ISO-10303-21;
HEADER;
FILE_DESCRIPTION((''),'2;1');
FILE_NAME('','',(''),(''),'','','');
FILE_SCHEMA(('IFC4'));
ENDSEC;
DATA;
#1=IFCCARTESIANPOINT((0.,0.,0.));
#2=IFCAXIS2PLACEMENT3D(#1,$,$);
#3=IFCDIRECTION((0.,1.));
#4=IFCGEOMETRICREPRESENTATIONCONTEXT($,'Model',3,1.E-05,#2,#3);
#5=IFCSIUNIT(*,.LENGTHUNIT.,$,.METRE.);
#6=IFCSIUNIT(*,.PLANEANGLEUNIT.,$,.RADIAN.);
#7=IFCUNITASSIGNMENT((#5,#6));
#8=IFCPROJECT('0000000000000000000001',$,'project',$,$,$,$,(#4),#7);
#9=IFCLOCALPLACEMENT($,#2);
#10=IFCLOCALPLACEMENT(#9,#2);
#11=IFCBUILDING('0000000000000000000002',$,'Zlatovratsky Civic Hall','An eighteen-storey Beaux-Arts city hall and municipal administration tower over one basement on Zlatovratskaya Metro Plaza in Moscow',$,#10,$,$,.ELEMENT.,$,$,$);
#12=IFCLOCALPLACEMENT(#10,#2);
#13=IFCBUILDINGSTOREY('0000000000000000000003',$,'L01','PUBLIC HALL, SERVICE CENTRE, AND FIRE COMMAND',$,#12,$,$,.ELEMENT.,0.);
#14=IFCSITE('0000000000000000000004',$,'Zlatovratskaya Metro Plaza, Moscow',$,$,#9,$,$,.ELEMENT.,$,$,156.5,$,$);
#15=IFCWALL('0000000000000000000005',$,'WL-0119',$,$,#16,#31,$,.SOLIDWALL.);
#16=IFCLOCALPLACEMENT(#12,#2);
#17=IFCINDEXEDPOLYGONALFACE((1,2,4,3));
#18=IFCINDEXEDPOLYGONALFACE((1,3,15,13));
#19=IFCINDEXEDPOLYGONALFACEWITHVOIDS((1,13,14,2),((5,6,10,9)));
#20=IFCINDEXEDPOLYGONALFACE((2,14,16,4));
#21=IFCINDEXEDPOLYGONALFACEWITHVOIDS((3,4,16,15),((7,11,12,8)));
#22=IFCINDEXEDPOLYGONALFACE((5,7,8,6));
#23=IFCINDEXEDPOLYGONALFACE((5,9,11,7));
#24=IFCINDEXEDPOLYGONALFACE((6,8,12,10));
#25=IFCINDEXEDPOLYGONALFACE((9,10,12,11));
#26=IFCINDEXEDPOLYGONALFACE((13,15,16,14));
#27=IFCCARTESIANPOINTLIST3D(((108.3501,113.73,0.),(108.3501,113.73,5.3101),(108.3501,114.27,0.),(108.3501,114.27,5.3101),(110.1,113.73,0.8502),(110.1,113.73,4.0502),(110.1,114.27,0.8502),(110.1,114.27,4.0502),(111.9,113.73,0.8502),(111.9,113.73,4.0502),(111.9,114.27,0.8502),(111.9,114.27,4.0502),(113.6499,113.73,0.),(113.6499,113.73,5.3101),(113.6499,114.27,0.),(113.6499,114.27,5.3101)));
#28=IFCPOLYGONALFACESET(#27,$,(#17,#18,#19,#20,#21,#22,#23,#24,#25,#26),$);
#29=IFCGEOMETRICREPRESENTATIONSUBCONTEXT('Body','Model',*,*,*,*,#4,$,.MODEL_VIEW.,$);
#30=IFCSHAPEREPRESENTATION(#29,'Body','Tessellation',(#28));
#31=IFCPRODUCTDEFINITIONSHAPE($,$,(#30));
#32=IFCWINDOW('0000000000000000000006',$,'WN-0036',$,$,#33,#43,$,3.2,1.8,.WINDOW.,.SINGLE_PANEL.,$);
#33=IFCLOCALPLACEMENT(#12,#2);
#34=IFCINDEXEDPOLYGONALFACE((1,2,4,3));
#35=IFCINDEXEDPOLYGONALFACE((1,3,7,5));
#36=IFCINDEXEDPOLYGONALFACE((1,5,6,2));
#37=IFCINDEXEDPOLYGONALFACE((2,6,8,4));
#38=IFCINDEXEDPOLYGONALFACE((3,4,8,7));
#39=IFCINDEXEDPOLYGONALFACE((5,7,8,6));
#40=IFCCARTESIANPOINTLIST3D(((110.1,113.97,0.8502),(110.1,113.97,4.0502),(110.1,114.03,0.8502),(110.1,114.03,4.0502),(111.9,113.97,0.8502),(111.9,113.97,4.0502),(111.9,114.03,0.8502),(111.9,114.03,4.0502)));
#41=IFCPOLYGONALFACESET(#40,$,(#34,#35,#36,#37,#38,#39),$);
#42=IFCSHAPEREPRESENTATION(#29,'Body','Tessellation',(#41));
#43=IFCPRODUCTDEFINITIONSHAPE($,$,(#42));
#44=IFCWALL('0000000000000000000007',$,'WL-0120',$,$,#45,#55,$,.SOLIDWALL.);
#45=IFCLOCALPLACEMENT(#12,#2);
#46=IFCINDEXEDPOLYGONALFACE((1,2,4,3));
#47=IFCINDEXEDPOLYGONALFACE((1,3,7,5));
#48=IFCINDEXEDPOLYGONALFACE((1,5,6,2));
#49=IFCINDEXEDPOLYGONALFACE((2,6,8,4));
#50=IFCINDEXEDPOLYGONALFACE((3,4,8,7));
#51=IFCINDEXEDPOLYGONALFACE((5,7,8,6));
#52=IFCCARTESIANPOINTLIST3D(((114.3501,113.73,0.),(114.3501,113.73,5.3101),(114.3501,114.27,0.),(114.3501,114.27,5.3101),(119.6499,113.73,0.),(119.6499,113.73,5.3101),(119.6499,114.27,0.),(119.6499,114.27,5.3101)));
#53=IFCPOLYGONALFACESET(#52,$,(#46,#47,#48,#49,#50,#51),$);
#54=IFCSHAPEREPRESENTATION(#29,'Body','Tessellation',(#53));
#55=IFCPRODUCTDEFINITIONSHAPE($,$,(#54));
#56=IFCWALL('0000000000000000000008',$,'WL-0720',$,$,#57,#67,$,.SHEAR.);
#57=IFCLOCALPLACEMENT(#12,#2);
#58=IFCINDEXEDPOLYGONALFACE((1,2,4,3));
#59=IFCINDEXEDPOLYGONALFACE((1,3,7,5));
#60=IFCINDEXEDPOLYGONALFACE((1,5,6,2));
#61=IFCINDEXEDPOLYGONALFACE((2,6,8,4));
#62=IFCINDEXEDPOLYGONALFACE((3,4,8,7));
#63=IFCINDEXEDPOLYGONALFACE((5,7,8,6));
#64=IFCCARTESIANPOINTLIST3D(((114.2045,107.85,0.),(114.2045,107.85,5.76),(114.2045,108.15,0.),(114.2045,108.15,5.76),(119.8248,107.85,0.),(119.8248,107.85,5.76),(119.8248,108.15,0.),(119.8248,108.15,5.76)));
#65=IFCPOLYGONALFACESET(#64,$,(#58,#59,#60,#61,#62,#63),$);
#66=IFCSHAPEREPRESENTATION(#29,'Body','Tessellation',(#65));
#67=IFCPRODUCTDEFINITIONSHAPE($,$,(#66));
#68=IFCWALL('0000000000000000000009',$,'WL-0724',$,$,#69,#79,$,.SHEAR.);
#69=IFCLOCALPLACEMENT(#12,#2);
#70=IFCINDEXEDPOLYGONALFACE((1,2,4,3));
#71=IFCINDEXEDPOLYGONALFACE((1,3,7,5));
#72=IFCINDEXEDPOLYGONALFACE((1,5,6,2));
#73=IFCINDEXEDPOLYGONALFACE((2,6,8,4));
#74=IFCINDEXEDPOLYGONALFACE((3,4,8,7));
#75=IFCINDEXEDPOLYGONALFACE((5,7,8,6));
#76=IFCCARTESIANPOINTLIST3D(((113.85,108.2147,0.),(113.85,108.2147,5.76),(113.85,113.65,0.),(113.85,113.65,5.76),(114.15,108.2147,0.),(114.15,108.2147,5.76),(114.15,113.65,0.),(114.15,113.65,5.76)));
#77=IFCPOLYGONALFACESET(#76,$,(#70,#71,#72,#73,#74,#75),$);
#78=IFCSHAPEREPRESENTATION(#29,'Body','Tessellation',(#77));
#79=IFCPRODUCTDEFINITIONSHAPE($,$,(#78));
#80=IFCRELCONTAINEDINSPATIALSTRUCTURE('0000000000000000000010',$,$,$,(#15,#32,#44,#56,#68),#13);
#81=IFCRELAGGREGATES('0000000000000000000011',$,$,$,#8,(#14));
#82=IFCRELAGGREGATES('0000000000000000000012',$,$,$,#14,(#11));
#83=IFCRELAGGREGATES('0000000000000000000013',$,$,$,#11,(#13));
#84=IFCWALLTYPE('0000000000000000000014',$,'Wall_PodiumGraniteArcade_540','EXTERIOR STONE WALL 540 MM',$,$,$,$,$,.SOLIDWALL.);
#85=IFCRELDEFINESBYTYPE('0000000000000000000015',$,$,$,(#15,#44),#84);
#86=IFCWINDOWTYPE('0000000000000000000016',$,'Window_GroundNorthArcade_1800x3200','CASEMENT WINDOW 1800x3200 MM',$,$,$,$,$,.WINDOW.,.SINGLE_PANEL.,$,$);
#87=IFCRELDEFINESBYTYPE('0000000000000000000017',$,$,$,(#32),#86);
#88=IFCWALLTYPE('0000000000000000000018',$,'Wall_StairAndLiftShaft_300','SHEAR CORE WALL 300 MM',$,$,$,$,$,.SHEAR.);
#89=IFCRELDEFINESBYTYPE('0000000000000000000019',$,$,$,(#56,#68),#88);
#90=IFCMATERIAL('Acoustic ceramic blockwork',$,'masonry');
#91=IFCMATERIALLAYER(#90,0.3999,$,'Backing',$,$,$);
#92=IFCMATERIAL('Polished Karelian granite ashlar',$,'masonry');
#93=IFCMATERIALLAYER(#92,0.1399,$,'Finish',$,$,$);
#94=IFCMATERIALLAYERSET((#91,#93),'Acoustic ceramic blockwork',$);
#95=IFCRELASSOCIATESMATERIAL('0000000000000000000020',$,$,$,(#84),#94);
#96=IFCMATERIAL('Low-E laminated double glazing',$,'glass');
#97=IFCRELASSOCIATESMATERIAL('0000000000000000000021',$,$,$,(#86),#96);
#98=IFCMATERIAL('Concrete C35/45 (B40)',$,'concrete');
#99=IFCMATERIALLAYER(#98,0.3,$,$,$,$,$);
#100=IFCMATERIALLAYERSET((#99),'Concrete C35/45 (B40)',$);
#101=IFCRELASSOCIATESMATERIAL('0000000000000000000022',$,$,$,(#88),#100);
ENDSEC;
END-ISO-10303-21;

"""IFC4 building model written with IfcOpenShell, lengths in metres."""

from ifc_helpers import new_model, si_unit, direction, frame, frame_2d, origin, place, context, subcontext, project, spatial, rectangle, extrude, material, layer, layer_set, type_object, element, fill, save


model = new_model("IFC4")

# Units and contexts
model_context = context("Model", 3, precision=1e-05, world=origin(), true_north=direction((0.0, 1.0)))
body_context = subcontext(model_context, "Body", "Model", "MODEL_VIEW")
ifc_project = project(units=[si_unit("LENGTHUNIT", "METRE"), si_unit("PLANEANGLEUNIT", "RADIAN")], contexts=[model_context])

# Site, building, storey
site_placement = place(None, origin())
site = spatial("IfcSite", under=ifc_project, at=site_placement, Name="Zlatovratskaya Metro Plaza, Moscow", CompositionType="ELEMENT", RefElevation=156.5)
building_placement = place(site_placement, origin())
building = spatial("IfcBuilding", under=site, at=building_placement, Name="Zlatovratsky Civic Hall", Description="An eighteen-storey Beaux-Arts city hall and municipal administration tower over one basement on Zlatovratskaya Metro Plaza in Moscow", CompositionType="ELEMENT")
storey_placement = place(building_placement, origin())
storey = spatial("IfcBuildingStorey", under=building, at=storey_placement, Name="L01", Description="PUBLIC HALL, SERVICE CENTRE, AND FIRE COMMAND", CompositionType="ELEMENT", Elevation=0.0)

# Shared definitions
ifc_material_1 = material(Name="Concrete C35/45 (B40)", Category="concrete")

# Wall, opening, window
ifc_material_2 = material(Name="Acoustic ceramic blockwork", Category="masonry")
ifc_layer_1 = layer(ifc_material_2, 0.3999, Name="Backing")
ifc_material_3 = material(Name="Polished Karelian granite ashlar", Category="masonry")
ifc_layer_2 = layer(ifc_material_3, 0.1399, Name="Finish")
ifc_layer_set_1 = layer_set([ifc_layer_1, ifc_layer_2], Name="Acoustic ceramic blockwork")
wall_type_1 = type_object("IfcWallType", Name="Wall_PodiumGraniteArcade_540", Description="EXTERIOR STONE WALL 540 MM", PredefinedType="SOLIDWALL", material=ifc_layer_set_1)
ifc_material_4 = material(Name="Low-E laminated double glazing", Category="glass")
window_type = type_object("IfcWindowType", Name="Window_GroundNorthArcade_1800x3200", Description="CASEMENT WINDOW 1800x3200 MM", PartitioningType="SINGLE_PANEL", PredefinedType="WINDOW", material=ifc_material_4)
wall_1_placement = place(storey_placement, frame((108.3501, 114.0, 0.0), z_axis=(0.0, 0.0, 1.0), x_axis=(1.0, 0.0, 0.0)))
wall_1 = element("IfcWall", 1, at=wall_1_placement, inside=storey, type_object=wall_type_1, Name="WL-0119", PredefinedType="SOLIDWALL", context=body_context, shape_type="SweptSolid", body=[
    extrude(rectangle(XDim=5.2998, YDim=0.54, at=frame_2d((2.6499, 0.0))), origin(), (0.0, 0.0, 1.0), 5.3101),
])
opening_1_placement = place(wall_1_placement, frame((1.75, 0.0, 0.8501)))
opening_1 = element("IfcOpeningElement", 2, at=opening_1_placement, cuts=wall_1, PredefinedType="OPENING", context=body_context, shape_type="SweptSolid", body=[
    extrude(rectangle(XDim=1.8, YDim=3.2, at=frame_2d((0.8999, 1.6001))), frame((0.0, 0.2849, 0.0), z_axis=(0.0, -1.0, 0.0), x_axis=(1.0, 0.0, 0.0)), (0.0, 0.0, 1.0), 0.5698),
])
window_1_placement = place(opening_1_placement, origin())
window_1 = element("IfcWindow", 3, at=window_1_placement, inside=storey, type_object=window_type, Name="WN-0036", OverallHeight=3.2, OverallWidth=1.8, PartitioningType="SINGLE_PANEL", PredefinedType="WINDOW", context=body_context, shape_type="SweptSolid", body=[
    extrude(rectangle(XDim=1.8, YDim=3.2, at=frame_2d((0.8999, 1.6001))), frame((0.0, 0.03, 0.0), z_axis=(0.0, -1.0, 0.0), x_axis=(1.0, 0.0, 0.0)), (0.0, 0.0, 1.0), 0.0601),
])
fill(opening_1, window_1)

# Walls
wall_2_placement = place(storey_placement, frame((114.3501, 114.0, 0.0), z_axis=(0.0, 0.0, 1.0), x_axis=(1.0, 0.0, 0.0)))
element("IfcWall", 4, at=wall_2_placement, inside=storey, type_object=wall_type_1, Name="WL-0120", PredefinedType="SOLIDWALL", context=body_context, shape_type="SweptSolid", body=[
    extrude(rectangle(XDim=5.2998, YDim=0.54, at=frame_2d((2.6499, 0.0))), origin(), (0.0, 0.0, 1.0), 5.3101),
])
ifc_layer_3 = layer(ifc_material_1, 0.3)
ifc_layer_set_2 = layer_set([ifc_layer_3], Name="Concrete C35/45 (B40)")
wall_type_2 = type_object("IfcWallType", Name="Wall_StairAndLiftShaft_300", Description="SHEAR CORE WALL 300 MM", PredefinedType="SHEAR", material=ifc_layer_set_2)
wall_3_placement = place(storey_placement, frame((114.2046, 108.0, 0.0), z_axis=(0.0, 0.0, 1.0), x_axis=(1.0, 0.0, 0.0)))
element("IfcWall", 5, at=wall_3_placement, inside=storey, type_object=wall_type_2, Name="WL-0720", PredefinedType="SHEAR", context=body_context, shape_type="SweptSolid", body=[
    extrude(rectangle(XDim=5.6204, YDim=0.3, at=frame_2d((2.8101, 0.0))), origin(), (0.0, 0.0, 1.0), 5.76),
])
wall_4_placement = place(storey_placement, frame((114.0, 108.2146, 0.0), z_axis=(0.0, 0.0, 1.0), x_axis=(0.0, 1.0, 0.0)))
element("IfcWall", 6, at=wall_4_placement, inside=storey, type_object=wall_type_2, Name="WL-0724", PredefinedType="SHEAR", context=body_context, shape_type="SweptSolid", body=[
    extrude(rectangle(XDim=5.4353, YDim=0.3, at=frame_2d((2.7178, 0.0))), origin(), (0.0, 0.0, 1.0), 5.76),
])

save(model, "model.ifc")
